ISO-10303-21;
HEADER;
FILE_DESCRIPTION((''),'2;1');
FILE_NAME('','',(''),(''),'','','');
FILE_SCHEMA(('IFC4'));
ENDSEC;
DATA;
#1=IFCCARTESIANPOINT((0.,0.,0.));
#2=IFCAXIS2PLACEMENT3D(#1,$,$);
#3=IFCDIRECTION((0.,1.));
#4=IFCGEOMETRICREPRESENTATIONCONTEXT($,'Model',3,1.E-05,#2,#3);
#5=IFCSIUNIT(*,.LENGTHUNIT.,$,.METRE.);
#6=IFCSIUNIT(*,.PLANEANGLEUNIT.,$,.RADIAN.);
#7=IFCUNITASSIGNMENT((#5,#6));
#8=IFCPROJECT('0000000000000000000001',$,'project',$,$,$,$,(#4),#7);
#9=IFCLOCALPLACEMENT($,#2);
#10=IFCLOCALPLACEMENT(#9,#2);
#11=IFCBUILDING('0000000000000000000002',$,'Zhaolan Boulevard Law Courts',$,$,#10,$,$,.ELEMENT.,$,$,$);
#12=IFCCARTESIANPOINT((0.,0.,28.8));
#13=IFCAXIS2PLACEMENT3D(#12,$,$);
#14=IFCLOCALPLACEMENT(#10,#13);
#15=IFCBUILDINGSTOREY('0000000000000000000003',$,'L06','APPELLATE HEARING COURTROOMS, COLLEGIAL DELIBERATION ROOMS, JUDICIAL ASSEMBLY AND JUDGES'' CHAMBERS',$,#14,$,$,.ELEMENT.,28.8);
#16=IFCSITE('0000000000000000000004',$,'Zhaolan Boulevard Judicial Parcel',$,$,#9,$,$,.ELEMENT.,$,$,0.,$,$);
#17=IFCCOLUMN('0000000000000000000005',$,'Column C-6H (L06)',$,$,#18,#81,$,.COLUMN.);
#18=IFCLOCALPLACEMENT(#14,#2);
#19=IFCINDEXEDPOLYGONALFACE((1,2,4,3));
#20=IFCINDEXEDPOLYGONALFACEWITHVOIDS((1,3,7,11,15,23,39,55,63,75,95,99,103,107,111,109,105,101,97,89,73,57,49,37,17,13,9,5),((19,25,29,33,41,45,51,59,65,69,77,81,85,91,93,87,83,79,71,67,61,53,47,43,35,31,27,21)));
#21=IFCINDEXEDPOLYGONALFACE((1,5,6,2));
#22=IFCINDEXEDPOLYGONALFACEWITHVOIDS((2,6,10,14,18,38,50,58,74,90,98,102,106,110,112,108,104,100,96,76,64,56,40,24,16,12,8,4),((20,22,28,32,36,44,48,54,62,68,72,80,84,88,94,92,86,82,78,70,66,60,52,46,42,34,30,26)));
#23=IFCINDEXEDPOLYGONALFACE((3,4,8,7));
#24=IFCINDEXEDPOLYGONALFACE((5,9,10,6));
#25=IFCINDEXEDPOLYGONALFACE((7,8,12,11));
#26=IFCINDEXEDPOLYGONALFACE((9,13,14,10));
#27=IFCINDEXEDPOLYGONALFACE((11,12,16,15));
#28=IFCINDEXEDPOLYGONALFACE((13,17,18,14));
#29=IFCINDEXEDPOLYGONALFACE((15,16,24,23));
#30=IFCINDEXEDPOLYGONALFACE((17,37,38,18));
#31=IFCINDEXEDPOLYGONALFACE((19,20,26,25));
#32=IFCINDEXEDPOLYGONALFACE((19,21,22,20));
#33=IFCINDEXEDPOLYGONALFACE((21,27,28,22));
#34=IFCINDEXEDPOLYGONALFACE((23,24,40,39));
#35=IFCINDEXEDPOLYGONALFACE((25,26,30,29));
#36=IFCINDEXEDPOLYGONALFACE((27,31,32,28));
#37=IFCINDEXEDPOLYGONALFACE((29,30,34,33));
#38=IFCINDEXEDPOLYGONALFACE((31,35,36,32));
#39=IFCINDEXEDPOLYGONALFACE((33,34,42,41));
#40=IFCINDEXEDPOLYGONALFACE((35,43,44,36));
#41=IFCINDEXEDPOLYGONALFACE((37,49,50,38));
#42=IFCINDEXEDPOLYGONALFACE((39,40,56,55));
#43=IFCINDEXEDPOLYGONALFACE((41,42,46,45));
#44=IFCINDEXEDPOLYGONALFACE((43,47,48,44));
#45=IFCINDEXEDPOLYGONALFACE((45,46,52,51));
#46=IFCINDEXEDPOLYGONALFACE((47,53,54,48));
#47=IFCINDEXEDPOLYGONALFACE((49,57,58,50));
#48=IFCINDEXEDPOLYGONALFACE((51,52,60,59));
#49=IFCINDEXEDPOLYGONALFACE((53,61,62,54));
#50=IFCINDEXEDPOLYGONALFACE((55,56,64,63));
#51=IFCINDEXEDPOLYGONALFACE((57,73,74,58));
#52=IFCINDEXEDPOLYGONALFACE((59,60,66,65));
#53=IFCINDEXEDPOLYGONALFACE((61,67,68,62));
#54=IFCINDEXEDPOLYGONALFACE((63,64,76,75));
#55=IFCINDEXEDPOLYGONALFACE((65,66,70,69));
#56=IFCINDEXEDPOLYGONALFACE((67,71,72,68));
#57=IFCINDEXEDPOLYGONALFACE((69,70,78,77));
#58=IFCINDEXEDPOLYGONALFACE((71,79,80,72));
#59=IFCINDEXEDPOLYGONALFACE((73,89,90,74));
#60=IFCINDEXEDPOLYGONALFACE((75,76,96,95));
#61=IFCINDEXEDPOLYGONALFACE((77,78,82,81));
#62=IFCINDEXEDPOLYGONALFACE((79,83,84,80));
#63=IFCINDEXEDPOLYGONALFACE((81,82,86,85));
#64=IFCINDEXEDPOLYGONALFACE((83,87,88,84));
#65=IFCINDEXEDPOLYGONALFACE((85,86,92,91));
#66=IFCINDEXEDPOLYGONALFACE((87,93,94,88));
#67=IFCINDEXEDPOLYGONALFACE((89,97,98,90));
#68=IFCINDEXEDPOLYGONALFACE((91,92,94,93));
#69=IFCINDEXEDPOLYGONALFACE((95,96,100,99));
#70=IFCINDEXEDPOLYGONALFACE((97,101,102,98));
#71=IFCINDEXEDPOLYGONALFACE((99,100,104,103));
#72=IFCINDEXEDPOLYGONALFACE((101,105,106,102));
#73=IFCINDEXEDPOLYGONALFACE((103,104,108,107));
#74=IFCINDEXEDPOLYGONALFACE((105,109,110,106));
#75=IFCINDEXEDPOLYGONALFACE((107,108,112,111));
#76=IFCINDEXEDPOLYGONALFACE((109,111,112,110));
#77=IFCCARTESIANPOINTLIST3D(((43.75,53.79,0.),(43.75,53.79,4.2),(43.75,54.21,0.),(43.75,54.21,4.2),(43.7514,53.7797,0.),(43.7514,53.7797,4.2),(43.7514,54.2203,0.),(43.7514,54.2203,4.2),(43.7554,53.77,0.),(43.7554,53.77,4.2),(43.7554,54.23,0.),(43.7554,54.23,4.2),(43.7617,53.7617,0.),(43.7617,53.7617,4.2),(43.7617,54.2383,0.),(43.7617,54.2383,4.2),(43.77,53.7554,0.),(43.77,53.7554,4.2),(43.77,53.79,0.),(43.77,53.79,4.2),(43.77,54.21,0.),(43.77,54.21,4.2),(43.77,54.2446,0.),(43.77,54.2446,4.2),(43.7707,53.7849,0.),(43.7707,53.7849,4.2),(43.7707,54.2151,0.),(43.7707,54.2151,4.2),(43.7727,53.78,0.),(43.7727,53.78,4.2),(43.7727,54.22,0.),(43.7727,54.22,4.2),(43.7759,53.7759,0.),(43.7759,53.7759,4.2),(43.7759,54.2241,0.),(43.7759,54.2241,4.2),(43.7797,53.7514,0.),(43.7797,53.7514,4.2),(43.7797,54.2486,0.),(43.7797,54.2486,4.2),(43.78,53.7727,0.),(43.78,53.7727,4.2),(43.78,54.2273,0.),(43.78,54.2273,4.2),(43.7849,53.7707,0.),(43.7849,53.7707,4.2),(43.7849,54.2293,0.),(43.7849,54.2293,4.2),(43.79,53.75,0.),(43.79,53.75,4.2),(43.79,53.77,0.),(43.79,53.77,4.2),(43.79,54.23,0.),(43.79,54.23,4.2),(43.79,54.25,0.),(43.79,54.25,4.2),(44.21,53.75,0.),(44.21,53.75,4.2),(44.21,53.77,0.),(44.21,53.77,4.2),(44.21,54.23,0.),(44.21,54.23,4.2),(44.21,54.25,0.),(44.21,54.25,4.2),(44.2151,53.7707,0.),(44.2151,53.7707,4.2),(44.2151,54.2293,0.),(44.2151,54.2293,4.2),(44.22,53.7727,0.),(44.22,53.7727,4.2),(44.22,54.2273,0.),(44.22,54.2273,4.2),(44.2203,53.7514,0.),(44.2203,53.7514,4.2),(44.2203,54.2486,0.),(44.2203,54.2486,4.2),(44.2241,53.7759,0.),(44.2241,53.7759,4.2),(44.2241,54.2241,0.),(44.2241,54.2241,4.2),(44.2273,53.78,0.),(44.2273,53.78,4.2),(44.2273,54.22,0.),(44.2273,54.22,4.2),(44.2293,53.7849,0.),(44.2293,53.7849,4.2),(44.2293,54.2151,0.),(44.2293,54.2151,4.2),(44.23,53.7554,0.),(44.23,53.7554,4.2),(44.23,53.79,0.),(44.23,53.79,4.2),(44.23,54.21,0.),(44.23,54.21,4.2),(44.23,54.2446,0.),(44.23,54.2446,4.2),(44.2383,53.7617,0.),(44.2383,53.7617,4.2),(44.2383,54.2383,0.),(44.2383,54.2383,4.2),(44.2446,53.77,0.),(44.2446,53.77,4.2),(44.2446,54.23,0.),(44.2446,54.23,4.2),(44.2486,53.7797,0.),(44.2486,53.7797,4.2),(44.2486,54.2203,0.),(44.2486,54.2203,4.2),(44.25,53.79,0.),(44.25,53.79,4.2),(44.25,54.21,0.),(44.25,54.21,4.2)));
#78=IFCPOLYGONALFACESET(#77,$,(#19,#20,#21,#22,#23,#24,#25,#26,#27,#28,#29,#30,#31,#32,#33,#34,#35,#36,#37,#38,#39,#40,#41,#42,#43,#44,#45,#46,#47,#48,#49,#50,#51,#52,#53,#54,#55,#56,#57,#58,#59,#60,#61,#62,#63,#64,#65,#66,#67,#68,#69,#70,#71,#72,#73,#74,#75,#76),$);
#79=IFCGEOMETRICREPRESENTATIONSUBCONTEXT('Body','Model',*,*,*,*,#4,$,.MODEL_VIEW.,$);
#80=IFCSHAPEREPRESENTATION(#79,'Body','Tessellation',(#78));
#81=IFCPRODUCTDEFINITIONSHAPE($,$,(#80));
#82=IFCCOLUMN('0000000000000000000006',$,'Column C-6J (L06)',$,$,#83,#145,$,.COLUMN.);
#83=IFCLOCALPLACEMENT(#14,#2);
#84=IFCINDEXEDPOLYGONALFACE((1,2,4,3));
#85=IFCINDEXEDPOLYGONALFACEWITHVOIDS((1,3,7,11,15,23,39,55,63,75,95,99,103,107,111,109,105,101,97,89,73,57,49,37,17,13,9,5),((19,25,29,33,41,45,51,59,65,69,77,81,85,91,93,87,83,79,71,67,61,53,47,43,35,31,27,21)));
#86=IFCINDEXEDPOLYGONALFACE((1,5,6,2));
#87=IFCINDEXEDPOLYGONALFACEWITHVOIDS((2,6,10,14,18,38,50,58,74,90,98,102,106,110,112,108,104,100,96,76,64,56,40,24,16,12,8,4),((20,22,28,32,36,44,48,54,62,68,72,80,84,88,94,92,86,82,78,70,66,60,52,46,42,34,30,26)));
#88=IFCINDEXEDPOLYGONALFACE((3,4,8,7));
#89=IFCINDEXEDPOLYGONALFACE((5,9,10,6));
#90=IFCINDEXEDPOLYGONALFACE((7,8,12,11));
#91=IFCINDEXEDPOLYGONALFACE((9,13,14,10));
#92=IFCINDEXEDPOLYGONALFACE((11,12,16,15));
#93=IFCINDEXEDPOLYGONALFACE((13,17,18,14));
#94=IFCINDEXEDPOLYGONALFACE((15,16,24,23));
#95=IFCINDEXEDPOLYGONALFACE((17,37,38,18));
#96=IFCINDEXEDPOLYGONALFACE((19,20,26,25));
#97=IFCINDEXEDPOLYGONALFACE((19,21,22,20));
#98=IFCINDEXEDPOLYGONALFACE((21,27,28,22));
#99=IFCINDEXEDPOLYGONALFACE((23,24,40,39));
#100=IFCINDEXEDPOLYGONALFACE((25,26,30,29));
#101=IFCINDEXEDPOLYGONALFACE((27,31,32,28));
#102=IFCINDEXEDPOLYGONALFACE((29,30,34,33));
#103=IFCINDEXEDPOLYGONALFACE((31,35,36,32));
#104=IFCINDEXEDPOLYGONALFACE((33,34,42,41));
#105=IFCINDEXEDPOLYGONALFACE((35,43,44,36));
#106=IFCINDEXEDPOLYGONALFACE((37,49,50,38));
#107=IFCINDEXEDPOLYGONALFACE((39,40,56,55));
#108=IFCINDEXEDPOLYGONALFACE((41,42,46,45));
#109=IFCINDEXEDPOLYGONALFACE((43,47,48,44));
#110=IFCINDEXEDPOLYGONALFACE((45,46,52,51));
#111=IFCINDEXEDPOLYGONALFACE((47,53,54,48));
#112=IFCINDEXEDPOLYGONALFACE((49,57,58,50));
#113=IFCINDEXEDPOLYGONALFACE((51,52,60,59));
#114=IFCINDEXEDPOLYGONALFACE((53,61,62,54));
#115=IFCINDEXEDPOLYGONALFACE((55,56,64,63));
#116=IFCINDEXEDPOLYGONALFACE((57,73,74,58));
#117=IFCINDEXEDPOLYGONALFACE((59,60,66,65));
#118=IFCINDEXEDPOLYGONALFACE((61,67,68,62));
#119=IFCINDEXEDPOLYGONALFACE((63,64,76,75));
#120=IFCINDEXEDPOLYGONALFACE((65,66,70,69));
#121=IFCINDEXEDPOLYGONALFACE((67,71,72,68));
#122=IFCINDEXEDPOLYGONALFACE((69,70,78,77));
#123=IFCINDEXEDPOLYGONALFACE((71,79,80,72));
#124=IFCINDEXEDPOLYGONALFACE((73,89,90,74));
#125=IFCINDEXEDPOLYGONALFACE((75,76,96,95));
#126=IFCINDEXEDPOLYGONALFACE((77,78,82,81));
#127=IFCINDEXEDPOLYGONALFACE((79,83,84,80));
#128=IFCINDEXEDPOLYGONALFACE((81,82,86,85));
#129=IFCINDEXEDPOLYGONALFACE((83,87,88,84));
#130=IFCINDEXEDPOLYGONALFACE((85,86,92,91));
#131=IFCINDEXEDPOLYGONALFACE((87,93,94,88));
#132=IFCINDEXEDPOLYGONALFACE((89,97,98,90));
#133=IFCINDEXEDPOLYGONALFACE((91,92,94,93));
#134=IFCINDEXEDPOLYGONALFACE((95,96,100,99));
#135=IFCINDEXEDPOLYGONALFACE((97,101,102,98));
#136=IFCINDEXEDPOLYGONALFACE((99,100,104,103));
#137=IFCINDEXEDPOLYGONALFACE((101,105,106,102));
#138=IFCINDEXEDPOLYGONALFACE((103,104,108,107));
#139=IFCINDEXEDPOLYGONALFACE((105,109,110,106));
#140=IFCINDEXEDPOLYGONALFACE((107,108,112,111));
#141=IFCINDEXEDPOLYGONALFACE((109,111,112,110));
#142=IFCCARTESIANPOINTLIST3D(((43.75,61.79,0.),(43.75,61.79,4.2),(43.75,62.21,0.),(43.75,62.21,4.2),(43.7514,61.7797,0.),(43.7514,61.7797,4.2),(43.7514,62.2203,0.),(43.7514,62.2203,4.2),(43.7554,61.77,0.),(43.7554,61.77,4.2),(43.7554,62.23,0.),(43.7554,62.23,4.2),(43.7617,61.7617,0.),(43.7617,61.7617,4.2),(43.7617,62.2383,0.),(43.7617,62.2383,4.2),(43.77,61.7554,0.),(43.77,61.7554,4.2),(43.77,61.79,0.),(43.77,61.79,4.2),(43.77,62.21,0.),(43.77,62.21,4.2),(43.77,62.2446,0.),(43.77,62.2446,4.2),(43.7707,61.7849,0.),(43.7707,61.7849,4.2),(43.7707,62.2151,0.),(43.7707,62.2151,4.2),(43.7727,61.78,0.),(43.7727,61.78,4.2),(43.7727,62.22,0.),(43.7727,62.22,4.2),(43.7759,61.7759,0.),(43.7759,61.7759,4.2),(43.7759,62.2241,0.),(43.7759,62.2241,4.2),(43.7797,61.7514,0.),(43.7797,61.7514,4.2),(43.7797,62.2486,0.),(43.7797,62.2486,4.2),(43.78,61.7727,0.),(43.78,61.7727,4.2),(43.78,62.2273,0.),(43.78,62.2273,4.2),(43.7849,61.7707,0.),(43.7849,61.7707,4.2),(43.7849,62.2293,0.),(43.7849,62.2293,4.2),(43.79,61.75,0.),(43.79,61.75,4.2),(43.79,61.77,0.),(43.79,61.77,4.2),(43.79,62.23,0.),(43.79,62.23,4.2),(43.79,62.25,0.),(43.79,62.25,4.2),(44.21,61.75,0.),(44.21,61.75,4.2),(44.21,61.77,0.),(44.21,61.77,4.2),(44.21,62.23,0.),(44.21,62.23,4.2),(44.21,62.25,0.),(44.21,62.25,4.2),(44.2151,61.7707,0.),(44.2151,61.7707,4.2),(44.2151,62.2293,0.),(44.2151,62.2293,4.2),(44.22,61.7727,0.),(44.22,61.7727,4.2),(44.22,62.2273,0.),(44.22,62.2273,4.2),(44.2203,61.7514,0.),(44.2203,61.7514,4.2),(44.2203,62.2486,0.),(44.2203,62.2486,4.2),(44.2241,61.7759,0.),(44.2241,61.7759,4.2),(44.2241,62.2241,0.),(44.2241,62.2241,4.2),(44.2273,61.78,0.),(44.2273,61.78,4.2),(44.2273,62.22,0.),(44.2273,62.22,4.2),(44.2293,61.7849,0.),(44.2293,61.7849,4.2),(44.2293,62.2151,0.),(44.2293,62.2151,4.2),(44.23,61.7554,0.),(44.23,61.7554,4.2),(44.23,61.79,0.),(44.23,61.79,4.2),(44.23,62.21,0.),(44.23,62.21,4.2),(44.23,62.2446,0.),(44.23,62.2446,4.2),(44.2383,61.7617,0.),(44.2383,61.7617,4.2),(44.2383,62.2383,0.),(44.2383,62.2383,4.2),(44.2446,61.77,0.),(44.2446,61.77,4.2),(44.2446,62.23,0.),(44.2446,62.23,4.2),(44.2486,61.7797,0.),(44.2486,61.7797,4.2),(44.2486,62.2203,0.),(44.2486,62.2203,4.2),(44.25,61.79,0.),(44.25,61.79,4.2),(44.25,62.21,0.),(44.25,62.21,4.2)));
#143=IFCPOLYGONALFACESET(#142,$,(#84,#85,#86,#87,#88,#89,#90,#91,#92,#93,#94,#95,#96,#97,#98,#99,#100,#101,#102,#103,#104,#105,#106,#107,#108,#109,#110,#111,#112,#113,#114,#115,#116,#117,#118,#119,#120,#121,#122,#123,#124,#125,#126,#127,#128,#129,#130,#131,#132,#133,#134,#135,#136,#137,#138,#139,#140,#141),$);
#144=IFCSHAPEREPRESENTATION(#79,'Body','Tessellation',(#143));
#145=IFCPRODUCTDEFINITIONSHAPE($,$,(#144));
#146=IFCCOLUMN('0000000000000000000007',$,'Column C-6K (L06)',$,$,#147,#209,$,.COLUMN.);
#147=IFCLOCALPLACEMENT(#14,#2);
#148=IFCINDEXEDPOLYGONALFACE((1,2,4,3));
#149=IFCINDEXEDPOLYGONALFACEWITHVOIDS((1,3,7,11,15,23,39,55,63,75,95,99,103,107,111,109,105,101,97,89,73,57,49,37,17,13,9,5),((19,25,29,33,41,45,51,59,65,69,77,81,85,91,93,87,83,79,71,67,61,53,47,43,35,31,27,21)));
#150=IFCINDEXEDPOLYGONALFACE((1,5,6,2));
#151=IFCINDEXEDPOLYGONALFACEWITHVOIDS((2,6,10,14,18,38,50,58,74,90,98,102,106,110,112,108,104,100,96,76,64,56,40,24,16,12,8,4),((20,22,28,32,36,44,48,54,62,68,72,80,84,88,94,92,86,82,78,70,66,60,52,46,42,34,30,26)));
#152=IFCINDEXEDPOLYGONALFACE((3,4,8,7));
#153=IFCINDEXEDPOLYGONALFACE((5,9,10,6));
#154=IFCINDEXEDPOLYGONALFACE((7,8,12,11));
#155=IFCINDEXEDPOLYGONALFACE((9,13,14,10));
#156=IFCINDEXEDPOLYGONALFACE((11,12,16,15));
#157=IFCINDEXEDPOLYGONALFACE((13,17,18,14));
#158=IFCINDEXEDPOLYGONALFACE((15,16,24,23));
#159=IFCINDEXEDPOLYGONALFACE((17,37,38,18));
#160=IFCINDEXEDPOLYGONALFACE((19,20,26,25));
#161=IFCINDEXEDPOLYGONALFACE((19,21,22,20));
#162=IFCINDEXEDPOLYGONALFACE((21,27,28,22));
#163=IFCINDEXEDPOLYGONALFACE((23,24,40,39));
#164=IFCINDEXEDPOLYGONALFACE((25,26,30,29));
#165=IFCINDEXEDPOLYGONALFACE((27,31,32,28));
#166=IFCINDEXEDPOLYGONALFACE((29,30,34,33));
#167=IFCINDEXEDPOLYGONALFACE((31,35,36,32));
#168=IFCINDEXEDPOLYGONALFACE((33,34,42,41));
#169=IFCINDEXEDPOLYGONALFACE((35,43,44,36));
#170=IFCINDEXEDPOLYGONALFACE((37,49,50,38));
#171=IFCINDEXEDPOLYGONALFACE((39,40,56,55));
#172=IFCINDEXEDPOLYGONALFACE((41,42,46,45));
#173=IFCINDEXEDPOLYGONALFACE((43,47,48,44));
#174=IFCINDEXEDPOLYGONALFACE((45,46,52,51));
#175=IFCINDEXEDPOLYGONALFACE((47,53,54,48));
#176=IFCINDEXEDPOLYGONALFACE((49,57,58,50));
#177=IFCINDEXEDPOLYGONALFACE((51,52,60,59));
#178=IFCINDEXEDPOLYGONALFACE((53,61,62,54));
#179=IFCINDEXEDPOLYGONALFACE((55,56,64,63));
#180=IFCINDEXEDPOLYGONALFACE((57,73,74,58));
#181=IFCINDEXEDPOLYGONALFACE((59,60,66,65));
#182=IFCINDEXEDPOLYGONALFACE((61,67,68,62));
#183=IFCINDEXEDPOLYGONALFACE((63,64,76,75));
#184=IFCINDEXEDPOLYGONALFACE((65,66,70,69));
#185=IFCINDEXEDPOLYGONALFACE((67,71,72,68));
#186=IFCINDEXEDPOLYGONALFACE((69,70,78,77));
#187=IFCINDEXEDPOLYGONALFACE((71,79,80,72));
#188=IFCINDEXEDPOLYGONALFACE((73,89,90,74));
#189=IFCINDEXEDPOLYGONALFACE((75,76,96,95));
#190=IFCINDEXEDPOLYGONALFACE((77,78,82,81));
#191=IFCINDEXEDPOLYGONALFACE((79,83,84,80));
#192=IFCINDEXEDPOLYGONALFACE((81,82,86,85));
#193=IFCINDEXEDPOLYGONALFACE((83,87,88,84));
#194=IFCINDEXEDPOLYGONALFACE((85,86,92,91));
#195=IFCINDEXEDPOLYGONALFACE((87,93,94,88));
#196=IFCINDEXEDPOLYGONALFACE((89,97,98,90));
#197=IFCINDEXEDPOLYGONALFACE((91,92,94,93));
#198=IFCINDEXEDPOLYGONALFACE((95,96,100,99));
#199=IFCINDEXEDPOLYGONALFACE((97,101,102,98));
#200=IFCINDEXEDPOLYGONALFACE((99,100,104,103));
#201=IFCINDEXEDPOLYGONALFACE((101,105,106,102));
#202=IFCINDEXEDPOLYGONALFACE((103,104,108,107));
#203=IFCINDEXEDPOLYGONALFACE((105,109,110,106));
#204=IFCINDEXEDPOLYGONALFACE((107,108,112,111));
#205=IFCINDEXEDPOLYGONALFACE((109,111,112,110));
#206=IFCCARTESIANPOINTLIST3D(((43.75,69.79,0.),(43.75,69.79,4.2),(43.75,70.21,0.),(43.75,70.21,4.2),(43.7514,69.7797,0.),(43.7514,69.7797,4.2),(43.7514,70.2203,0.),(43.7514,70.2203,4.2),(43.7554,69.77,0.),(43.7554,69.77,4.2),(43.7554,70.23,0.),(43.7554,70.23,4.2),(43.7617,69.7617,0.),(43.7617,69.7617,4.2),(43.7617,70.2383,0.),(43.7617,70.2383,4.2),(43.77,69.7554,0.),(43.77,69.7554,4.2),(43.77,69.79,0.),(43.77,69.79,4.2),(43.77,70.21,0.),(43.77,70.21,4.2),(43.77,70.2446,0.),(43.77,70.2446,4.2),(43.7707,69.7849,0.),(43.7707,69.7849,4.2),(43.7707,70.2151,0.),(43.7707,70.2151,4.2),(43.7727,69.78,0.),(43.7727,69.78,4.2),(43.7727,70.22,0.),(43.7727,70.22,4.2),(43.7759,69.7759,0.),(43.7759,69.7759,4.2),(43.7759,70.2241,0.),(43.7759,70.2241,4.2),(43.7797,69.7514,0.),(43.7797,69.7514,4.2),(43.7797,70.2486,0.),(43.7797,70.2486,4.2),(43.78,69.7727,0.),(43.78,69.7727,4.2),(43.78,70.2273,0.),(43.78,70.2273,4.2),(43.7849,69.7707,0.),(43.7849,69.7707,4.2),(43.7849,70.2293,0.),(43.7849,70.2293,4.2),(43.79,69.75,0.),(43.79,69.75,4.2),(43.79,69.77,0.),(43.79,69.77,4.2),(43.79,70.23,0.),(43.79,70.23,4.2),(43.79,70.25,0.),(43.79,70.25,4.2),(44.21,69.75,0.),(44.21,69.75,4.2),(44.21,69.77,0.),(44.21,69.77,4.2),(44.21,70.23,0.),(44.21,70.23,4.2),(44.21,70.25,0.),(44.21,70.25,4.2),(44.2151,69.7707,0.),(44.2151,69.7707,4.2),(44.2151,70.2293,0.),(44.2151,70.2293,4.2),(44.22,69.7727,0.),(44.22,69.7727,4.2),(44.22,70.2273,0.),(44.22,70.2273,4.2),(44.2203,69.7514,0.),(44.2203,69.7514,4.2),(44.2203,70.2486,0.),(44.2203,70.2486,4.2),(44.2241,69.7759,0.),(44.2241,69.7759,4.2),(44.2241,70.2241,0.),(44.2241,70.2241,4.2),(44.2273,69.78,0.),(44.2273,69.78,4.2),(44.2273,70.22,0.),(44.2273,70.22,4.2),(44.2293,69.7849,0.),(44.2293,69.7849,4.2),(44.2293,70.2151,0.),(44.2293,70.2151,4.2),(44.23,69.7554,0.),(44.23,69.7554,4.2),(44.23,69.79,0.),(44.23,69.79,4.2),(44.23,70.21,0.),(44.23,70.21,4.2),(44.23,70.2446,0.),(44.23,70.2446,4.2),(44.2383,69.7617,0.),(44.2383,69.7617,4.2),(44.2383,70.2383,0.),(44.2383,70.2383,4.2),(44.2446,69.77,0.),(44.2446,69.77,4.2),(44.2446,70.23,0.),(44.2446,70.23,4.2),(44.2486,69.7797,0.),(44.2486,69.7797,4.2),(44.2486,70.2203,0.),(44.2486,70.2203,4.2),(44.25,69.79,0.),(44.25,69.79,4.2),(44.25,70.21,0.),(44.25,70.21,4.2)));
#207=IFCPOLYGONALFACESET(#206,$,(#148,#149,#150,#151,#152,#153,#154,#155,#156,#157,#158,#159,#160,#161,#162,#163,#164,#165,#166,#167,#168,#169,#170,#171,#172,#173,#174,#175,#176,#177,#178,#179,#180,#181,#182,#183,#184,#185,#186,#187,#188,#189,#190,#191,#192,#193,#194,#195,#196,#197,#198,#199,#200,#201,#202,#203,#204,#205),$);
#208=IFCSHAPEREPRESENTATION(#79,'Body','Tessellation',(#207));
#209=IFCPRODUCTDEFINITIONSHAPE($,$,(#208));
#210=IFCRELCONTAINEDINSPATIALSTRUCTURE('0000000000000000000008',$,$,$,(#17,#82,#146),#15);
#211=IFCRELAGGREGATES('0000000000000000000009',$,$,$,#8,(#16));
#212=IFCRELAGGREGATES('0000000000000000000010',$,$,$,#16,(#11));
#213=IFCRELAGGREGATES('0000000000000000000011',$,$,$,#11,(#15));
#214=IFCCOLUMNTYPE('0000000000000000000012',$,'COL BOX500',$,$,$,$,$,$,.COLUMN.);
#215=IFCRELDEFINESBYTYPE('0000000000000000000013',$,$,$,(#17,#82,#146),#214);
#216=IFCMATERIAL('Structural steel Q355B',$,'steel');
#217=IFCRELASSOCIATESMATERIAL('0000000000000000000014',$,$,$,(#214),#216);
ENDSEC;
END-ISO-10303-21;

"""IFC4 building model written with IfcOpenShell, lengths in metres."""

from ifc_helpers import new_model, si_unit, direction, frame, origin, origin_2d, place, context, subcontext, project, spatial, hollow_rectangle, extrude, material, material_profile, profile_set, type_object, element, save


model = new_model("IFC4")

# Units and contexts
model_context = context("Model", 3, precision=1e-05, world=origin(), true_north=direction((0.0, 1.0)))
body_context = subcontext(model_context, "Body", "Model", "MODEL_VIEW")
ifc_project = project(units=[si_unit("LENGTHUNIT", "METRE"), si_unit("PLANEANGLEUNIT", "RADIAN")], contexts=[model_context])

# Site, building, storey
site_placement = place(None, origin())
site = spatial("IfcSite", under=ifc_project, at=site_placement, Name="Zhaolan Boulevard Judicial Parcel", CompositionType="ELEMENT", RefElevation=0.0)
building_placement = place(site_placement, origin())
building = spatial("IfcBuilding", under=site, at=building_placement, Name="Zhaolan Boulevard Law Courts", CompositionType="ELEMENT")
storey_placement = place(building_placement, frame((0.0, 0.0, 28.8)))
storey = spatial("IfcBuildingStorey", under=building, at=storey_placement, Name="L06", Description="APPELLATE HEARING COURTROOMS, COLLEGIAL DELIBERATION ROOMS, JUDICIAL ASSEMBLY AND JUDGES' CHAMBERS", CompositionType="ELEMENT", Elevation=28.8)

# Columns
ifc_material_1 = material(Name="Structural steel Q355B", Category="steel")
ifc_material_profile_1 = material_profile(ifc_material_1, hollow_rectangle(XDim=0.5, YDim=0.5, WallThickness=0.02, InnerFilletRadius=0.02, OuterFilletRadius=0.04, at=origin_2d()), Name="BOX500x500x20")
ifc_profile_set_1 = profile_set([ifc_material_profile_1], Name="Structural steel Q355B")
column_type = type_object("IfcColumnType", Name="COL BOX500", PredefinedType="COLUMN", material=ifc_profile_set_1)
for number, where, z_axis, x_axis, name in (
    (1, (44.0, 54.0, 0.0), (0.0, 0.0, 1.0), (1.0, 0.0, 0.0), "Column C-6H (L06)"),
    (2, (44.0, 62.0, 0.0), (0.0, 0.0, 1.0), (1.0, 0.0, 0.0), "Column C-6J (L06)"),
    (3, (44.0, 70.0, 0.0), (0.0, 0.0, 1.0), (1.0, 0.0, 0.0), "Column C-6K (L06)"),
):
    element("IfcColumn", number, at=place(storey_placement, frame(where, z_axis=z_axis, x_axis=x_axis)), inside=storey, type_object=column_type, Name=name, PredefinedType="COLUMN", context=body_context, shape_type="SweptSolid", body=[
        extrude(hollow_rectangle(XDim=0.5, YDim=0.5, WallThickness=0.02, InnerFilletRadius=0.02, OuterFilletRadius=0.04, at=origin_2d()), origin(), (0.0, 0.0, 1.0), 4.2),
    ])

save(model, "model.ifc")
